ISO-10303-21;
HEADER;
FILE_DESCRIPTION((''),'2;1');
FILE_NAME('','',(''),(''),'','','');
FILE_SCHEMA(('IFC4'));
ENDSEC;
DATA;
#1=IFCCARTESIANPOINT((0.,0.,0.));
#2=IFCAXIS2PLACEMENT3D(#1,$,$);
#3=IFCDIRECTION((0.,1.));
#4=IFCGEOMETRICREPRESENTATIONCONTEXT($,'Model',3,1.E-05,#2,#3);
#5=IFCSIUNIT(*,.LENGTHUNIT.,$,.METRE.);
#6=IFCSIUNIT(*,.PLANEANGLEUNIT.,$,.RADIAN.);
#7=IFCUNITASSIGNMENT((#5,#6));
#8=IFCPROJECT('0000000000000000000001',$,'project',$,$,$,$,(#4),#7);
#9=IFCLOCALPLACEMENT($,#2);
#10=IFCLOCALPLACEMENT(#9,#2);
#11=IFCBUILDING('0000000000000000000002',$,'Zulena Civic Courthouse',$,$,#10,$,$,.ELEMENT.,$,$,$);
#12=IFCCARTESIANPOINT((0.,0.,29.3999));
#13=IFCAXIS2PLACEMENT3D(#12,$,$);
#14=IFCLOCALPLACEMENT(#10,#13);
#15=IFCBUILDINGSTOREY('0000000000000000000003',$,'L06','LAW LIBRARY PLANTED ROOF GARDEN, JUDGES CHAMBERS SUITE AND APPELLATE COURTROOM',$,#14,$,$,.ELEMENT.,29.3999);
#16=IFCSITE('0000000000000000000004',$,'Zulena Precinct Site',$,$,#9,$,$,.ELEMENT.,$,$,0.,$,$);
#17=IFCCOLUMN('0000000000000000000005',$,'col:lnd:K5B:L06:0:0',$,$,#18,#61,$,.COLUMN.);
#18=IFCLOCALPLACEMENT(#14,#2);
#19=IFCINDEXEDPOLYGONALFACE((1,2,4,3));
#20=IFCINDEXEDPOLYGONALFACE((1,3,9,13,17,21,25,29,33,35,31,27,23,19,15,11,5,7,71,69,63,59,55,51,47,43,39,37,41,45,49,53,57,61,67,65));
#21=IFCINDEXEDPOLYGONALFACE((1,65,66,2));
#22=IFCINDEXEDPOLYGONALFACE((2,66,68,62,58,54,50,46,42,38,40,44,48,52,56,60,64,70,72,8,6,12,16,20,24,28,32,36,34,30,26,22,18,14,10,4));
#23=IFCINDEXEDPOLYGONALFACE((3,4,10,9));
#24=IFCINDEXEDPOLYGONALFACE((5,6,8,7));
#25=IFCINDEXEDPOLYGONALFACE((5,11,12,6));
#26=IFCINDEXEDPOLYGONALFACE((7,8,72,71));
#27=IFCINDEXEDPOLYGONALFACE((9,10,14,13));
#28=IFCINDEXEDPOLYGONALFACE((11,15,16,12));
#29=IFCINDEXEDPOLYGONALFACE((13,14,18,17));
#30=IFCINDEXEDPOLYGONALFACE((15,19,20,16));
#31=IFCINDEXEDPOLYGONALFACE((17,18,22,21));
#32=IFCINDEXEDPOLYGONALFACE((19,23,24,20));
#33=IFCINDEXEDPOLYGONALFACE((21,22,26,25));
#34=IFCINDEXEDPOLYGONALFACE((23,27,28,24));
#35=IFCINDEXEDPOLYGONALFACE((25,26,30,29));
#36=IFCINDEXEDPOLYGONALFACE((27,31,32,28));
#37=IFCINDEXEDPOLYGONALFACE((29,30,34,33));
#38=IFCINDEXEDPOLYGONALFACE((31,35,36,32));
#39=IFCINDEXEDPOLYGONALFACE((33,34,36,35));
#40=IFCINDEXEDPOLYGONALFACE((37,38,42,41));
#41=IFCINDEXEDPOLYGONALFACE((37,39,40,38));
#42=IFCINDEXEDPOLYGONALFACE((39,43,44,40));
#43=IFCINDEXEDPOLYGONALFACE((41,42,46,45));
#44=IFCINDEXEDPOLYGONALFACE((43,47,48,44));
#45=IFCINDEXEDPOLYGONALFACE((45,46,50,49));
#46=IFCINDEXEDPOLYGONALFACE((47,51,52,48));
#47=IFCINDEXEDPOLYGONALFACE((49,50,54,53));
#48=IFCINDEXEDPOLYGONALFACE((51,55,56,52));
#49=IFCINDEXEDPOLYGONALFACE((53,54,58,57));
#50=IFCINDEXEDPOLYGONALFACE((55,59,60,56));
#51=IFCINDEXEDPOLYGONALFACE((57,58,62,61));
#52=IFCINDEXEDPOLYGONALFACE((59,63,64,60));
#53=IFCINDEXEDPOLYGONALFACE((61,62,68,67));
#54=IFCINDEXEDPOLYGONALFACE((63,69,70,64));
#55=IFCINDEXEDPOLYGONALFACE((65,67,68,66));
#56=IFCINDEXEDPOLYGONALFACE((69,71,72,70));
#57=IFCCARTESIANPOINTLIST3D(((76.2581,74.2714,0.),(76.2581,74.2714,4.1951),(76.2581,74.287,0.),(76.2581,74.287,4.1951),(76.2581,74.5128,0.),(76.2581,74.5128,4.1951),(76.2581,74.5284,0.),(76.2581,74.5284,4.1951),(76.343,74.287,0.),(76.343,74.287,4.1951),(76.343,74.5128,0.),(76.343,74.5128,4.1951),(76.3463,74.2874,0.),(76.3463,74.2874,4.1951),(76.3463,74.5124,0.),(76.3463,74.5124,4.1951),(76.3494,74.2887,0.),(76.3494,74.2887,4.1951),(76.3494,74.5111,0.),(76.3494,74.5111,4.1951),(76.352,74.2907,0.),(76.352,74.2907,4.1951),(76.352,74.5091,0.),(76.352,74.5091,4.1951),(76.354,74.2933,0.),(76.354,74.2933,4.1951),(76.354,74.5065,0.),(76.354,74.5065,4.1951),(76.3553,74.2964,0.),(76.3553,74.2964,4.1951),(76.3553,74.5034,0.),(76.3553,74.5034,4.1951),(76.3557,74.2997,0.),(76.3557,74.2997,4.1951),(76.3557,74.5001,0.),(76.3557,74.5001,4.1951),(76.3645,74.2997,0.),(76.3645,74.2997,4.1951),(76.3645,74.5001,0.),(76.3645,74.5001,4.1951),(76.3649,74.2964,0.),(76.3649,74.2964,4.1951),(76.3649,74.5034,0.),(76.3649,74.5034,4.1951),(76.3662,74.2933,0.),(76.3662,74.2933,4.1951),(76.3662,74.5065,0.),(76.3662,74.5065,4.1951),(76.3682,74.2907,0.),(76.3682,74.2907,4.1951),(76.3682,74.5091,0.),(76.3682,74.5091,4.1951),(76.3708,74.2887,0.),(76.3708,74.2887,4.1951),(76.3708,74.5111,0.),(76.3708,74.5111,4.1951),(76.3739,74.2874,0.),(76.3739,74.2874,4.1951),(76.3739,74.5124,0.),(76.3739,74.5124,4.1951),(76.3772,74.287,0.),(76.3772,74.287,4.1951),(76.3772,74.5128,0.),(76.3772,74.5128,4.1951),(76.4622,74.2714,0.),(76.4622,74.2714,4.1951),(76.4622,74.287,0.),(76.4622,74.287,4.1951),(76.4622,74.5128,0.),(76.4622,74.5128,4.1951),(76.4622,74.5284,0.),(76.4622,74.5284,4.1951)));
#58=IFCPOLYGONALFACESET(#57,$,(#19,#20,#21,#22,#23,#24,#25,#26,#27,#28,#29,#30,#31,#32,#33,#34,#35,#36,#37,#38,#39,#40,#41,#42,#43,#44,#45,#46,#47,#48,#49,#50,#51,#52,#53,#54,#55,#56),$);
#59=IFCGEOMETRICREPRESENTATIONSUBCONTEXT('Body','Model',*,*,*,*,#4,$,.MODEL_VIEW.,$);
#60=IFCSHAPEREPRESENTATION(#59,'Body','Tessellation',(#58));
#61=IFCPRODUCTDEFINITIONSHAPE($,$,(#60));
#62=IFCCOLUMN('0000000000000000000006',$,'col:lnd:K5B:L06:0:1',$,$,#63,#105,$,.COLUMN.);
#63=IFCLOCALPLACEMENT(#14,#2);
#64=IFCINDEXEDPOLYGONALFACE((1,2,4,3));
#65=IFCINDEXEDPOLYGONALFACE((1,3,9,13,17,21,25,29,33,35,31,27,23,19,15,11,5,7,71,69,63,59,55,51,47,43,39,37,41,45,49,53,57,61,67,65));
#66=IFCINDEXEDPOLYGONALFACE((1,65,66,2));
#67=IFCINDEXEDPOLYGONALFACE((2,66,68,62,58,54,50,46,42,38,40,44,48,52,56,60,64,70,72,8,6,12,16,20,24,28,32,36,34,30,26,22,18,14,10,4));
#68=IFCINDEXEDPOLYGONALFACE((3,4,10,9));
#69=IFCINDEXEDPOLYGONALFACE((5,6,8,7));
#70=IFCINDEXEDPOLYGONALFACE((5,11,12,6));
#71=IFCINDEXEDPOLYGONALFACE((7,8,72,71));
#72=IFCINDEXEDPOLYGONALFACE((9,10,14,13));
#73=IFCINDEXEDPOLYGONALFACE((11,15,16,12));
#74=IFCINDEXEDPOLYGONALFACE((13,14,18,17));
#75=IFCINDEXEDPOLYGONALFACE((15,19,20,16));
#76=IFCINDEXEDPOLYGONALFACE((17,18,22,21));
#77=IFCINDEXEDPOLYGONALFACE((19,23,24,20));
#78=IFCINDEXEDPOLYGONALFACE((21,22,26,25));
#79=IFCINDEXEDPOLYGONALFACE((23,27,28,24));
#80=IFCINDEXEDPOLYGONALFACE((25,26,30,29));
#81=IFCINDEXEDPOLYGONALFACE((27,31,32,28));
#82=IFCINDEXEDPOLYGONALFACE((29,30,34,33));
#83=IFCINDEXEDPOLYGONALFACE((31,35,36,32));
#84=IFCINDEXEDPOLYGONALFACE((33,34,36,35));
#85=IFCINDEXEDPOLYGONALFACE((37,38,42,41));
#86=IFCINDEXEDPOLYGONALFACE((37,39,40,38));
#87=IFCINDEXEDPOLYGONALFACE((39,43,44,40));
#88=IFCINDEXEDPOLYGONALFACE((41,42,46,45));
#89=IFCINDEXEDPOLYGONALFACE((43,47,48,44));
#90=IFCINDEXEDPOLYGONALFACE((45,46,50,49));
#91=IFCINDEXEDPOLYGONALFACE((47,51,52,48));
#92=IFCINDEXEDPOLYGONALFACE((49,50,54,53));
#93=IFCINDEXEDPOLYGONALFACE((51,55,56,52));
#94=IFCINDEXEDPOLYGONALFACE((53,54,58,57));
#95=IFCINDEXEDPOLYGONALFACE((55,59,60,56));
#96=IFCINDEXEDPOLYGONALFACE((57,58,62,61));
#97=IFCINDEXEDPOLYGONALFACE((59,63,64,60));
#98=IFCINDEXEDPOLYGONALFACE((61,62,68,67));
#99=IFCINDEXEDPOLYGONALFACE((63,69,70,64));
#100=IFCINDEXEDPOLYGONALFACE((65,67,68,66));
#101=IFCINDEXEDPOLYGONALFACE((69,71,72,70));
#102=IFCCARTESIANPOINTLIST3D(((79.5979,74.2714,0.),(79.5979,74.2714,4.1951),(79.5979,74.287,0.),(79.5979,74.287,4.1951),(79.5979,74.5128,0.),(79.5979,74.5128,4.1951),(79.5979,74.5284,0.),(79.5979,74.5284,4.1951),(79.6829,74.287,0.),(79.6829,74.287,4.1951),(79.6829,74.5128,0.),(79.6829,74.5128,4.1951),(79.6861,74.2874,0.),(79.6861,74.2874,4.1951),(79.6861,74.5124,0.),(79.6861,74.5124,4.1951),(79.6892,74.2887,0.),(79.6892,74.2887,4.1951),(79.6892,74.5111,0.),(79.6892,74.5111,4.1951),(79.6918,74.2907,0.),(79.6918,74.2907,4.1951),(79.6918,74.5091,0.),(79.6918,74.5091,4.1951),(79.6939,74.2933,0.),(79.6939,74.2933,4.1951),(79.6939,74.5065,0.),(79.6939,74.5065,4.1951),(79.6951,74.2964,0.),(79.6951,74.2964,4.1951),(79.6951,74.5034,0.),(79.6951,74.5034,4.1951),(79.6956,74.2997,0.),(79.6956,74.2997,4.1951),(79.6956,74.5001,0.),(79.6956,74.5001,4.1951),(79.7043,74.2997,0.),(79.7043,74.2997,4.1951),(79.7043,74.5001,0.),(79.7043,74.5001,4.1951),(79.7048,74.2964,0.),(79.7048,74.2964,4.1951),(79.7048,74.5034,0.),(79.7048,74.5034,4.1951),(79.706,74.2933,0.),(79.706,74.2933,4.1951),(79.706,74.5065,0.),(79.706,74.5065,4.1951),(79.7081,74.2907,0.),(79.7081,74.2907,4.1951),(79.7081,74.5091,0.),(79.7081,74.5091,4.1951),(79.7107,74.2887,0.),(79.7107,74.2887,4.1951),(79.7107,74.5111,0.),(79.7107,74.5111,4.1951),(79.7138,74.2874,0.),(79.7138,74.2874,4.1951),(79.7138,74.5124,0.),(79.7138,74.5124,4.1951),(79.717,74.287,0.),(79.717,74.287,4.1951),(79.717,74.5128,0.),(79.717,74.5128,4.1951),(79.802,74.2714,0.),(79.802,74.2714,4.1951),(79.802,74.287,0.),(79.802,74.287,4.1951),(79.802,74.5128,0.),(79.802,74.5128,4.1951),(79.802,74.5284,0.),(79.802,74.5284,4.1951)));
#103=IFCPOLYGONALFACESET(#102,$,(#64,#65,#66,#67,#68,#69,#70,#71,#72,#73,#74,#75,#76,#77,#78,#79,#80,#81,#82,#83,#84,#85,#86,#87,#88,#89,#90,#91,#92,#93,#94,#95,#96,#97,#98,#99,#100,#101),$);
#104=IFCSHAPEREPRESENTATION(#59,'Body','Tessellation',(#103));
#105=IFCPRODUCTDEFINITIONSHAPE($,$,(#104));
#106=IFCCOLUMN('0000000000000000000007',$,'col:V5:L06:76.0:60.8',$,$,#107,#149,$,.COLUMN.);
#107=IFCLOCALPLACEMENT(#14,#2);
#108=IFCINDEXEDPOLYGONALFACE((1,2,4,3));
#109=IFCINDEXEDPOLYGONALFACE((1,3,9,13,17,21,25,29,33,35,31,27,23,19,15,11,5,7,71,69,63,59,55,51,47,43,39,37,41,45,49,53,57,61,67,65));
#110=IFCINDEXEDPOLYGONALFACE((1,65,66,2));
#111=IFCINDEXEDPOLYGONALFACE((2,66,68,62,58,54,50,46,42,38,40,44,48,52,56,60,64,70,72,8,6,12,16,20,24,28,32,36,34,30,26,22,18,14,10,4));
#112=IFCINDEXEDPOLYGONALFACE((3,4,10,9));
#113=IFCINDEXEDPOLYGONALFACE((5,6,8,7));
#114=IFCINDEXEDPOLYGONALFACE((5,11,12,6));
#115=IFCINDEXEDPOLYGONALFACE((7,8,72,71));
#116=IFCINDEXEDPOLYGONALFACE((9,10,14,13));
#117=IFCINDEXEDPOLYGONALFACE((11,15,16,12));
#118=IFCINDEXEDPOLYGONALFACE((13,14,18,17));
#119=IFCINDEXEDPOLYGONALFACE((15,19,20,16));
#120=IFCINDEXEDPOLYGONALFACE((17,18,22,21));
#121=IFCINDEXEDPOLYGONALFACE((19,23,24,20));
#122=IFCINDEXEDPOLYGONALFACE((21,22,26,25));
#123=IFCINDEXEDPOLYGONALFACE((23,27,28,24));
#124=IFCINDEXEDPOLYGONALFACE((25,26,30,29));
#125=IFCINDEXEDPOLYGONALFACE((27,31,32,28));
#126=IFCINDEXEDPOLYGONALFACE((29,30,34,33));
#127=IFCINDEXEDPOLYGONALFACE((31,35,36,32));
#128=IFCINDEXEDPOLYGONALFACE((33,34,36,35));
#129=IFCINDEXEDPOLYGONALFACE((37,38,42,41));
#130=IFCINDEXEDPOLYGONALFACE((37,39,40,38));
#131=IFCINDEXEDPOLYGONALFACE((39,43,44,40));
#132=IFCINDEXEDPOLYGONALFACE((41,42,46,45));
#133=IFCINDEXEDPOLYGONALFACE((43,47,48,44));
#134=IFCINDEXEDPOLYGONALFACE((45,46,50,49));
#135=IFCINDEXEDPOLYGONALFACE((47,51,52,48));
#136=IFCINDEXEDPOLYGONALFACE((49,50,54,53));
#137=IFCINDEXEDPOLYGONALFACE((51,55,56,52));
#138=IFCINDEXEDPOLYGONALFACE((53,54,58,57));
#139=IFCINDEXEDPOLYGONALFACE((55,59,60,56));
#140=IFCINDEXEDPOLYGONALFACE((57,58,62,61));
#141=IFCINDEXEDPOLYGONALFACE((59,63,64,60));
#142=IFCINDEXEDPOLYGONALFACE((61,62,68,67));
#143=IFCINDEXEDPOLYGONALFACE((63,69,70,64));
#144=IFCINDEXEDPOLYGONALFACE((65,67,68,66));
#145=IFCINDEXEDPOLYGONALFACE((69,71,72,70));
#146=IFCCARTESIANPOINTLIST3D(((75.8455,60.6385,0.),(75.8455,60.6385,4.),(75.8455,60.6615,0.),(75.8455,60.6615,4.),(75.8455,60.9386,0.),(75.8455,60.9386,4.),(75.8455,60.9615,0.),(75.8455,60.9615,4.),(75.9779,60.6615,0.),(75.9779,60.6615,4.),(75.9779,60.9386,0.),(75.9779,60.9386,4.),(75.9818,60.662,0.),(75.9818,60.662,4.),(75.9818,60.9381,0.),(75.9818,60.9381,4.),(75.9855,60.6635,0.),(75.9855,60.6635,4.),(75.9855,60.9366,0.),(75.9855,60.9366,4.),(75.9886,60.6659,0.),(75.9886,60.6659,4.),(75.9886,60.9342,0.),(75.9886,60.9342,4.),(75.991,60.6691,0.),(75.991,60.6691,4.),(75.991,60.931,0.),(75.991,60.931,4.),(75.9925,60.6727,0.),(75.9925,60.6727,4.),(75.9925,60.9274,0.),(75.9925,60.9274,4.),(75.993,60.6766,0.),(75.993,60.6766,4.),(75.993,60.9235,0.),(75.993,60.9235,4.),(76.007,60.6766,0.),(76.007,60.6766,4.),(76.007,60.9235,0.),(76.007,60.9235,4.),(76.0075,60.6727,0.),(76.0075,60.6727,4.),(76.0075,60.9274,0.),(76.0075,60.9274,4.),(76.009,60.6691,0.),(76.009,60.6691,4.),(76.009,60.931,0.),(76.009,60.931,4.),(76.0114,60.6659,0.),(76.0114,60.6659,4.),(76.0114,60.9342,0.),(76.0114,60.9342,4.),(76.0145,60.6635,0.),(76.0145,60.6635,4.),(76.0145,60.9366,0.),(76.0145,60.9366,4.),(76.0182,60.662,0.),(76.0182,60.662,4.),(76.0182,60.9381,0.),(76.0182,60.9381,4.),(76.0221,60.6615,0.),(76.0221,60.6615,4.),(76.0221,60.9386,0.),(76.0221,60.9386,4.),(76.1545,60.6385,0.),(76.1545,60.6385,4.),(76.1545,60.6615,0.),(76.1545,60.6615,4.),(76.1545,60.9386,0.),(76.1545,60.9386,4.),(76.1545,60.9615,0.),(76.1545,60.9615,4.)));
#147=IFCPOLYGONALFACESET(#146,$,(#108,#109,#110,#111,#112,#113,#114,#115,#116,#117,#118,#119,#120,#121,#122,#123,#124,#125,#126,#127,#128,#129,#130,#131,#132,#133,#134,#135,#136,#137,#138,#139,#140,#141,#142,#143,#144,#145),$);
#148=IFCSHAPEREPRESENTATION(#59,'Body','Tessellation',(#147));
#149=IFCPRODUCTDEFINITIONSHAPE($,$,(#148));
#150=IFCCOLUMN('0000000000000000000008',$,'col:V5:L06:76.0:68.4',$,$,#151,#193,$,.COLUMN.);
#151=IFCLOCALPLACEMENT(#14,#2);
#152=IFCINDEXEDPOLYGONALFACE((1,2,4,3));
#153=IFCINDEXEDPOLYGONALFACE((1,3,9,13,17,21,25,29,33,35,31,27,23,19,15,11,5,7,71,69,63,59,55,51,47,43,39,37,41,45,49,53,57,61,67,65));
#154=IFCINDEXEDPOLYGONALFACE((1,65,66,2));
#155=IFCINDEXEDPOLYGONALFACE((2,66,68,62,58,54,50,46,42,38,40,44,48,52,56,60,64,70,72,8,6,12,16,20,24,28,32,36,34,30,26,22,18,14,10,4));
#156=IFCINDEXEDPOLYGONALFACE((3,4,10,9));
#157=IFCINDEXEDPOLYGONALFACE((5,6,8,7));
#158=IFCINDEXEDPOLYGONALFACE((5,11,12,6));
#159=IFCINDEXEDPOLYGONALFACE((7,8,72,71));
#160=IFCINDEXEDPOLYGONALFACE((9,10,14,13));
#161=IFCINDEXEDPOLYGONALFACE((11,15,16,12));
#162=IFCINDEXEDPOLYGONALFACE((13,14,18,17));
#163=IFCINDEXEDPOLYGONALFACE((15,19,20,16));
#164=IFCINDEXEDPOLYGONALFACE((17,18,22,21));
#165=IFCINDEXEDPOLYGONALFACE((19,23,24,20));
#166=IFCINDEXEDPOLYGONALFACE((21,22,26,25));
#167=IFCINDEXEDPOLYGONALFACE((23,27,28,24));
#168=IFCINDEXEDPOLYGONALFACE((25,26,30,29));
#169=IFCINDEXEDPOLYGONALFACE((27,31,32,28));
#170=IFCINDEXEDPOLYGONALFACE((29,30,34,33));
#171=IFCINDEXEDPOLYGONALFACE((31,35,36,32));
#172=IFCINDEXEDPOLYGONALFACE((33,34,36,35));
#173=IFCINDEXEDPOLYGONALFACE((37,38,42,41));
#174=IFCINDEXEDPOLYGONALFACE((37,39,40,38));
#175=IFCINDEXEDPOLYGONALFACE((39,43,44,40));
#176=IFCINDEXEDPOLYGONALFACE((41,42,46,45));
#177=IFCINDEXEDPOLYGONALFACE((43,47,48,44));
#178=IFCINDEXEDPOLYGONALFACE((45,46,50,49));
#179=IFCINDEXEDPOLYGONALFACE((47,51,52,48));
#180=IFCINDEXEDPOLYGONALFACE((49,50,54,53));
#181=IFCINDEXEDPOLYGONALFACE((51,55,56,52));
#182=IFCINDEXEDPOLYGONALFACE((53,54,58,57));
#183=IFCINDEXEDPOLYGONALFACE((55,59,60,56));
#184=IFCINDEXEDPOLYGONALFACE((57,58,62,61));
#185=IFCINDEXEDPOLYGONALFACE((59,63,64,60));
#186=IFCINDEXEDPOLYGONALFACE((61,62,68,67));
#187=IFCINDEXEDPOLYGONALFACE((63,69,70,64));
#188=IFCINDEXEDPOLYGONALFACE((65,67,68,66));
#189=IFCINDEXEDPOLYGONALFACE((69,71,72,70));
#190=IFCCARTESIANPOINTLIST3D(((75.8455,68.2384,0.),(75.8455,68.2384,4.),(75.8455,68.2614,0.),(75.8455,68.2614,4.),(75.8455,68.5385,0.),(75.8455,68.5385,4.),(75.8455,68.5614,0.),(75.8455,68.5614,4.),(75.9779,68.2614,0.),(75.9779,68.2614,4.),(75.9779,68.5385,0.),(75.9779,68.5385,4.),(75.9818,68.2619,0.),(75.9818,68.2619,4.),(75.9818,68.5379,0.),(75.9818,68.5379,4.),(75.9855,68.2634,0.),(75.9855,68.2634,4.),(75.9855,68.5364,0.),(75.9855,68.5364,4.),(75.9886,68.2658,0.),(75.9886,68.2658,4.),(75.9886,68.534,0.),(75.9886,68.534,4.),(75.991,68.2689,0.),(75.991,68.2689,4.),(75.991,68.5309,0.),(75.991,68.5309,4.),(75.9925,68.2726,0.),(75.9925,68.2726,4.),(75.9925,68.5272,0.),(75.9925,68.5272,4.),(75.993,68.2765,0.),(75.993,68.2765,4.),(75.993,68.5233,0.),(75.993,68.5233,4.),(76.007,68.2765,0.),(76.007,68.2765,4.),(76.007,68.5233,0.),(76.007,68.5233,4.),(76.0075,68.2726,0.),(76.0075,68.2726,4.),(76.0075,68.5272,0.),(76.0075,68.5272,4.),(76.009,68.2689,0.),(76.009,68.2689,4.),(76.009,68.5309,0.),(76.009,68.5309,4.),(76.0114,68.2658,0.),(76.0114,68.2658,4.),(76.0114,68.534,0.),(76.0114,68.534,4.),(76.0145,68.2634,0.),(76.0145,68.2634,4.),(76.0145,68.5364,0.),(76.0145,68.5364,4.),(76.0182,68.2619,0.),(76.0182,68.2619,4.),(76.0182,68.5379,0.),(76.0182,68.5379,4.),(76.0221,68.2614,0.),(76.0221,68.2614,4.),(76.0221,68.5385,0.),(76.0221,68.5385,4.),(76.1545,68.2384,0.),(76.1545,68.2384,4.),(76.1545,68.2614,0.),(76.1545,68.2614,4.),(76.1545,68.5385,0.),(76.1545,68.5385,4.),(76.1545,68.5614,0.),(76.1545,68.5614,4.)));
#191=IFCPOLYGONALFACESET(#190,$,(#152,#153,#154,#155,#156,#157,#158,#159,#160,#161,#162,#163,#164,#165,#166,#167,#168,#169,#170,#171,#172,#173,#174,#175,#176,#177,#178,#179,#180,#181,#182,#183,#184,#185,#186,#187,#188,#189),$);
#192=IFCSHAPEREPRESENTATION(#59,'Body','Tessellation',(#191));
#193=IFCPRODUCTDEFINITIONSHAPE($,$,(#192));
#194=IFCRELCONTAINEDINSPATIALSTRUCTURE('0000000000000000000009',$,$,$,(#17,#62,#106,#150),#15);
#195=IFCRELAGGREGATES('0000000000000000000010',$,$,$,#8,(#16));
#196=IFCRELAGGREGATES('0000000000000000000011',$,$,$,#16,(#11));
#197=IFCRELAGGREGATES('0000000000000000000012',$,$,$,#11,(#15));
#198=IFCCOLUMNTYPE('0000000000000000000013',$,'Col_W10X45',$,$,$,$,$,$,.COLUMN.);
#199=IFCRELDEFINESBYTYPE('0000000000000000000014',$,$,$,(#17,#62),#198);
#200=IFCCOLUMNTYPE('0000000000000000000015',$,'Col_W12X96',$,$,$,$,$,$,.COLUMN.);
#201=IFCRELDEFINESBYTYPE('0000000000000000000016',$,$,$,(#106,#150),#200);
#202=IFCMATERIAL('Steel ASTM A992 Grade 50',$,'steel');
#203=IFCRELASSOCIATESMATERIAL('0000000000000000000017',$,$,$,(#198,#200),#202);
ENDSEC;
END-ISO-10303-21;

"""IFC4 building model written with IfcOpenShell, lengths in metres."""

from ifc_helpers import new_model, si_unit, direction, frame, origin, origin_2d, place, context, subcontext, project, spatial, i_section, extrude, material, material_profile, profile_set, type_object, element, save


model = new_model("IFC4")

# Units and contexts
model_context = context("Model", 3, precision=1e-05, world=origin(), true_north=direction((0.0, 1.0)))
body_context = subcontext(model_context, "Body", "Model", "MODEL_VIEW")
ifc_project = project(units=[si_unit("LENGTHUNIT", "METRE"), si_unit("PLANEANGLEUNIT", "RADIAN")], contexts=[model_context])

# Site, building, storey
site_placement = place(None, origin())
site = spatial("IfcSite", under=ifc_project, at=site_placement, Name="Zulena Precinct Site", CompositionType="ELEMENT", RefElevation=0.0)
building_placement = place(site_placement, origin())
building = spatial("IfcBuilding", under=site, at=building_placement, Name="Zulena Civic Courthouse", CompositionType="ELEMENT")
storey_placement = place(building_placement, frame((0.0, 0.0, 29.3999)))
storey = spatial("IfcBuildingStorey", under=building, at=storey_placement, Name="L06", Description="LAW LIBRARY PLANTED ROOF GARDEN, JUDGES CHAMBERS SUITE AND APPELLATE COURTROOM", CompositionType="ELEMENT", Elevation=29.3999)

# Columns
ifc_material_1 = material(Name="Steel ASTM A992 Grade 50", Category="steel")
ifc_material_profile_1 = material_profile(ifc_material_1, i_section(OverallWidth=0.2041, OverallDepth=0.2571, WebThickness=0.0088, FlangeThickness=0.0156, FilletRadius=0.0127, at=origin_2d()), Name="W10X45")
ifc_profile_set_1 = profile_set([ifc_material_profile_1], Name="Steel ASTM A992 Grade 50")
column_type_1 = type_object("IfcColumnType", Name="Col_W10X45", PredefinedType="COLUMN", material=ifc_profile_set_1)
for number, where, z_axis, x_axis, name in (
    (1, (76.3601, 74.3999, 0.0), (0.0, 0.0, 1.0), (1.0, 0.0, 0.0), "col:lnd:K5B:L06:0:0"),
    (2, (79.7, 74.3999, 0.0), (0.0, 0.0, 1.0), (1.0, 0.0, 0.0), "col:lnd:K5B:L06:0:1"),
):
    element("IfcColumn", number, at=place(storey_placement, frame(where, z_axis=z_axis, x_axis=x_axis)), inside=storey, type_object=column_type_1, Name=name, PredefinedType="COLUMN", context=body_context, shape_type="SweptSolid", body=[
        extrude(i_section(OverallWidth=0.2041, OverallDepth=0.2571, WebThickness=0.0088, FlangeThickness=0.0156, FilletRadius=0.0127, at=origin_2d()), origin(), (0.0, 0.0, 1.0), 4.1951),
    ])
ifc_material_profile_2 = material_profile(ifc_material_1, i_section(OverallWidth=0.3091, OverallDepth=0.323, WebThickness=0.0139, FlangeThickness=0.0229, FilletRadius=0.0151, at=origin_2d()), Name="W12X96")
ifc_profile_set_2 = profile_set([ifc_material_profile_2], Name="Steel ASTM A992 Grade 50")
column_type_2 = type_object("IfcColumnType", Name="Col_W12X96", PredefinedType="COLUMN", material=ifc_profile_set_2)
for number, where, z_axis, x_axis, name in (
    (3, (76.0, 60.8, 0.0), (0.0, 0.0, 1.0), (1.0, 0.0, 0.0), "col:V5:L06:76.0:60.8"),
    (4, (76.0, 68.3999, 0.0), (0.0, 0.0, 1.0), (1.0, 0.0, 0.0), "col:V5:L06:76.0:68.4"),
):
    element("IfcColumn", number, at=place(storey_placement, frame(where, z_axis=z_axis, x_axis=x_axis)), inside=storey, type_object=column_type_2, Name=name, PredefinedType="COLUMN", context=body_context, shape_type="SweptSolid", body=[
        extrude(i_section(OverallWidth=0.3091, OverallDepth=0.323, WebThickness=0.0139, FlangeThickness=0.0229, FilletRadius=0.0151, at=origin_2d()), origin(), (0.0, 0.0, 1.0), 4.0),
    ])

save(model, "model.ifc")
